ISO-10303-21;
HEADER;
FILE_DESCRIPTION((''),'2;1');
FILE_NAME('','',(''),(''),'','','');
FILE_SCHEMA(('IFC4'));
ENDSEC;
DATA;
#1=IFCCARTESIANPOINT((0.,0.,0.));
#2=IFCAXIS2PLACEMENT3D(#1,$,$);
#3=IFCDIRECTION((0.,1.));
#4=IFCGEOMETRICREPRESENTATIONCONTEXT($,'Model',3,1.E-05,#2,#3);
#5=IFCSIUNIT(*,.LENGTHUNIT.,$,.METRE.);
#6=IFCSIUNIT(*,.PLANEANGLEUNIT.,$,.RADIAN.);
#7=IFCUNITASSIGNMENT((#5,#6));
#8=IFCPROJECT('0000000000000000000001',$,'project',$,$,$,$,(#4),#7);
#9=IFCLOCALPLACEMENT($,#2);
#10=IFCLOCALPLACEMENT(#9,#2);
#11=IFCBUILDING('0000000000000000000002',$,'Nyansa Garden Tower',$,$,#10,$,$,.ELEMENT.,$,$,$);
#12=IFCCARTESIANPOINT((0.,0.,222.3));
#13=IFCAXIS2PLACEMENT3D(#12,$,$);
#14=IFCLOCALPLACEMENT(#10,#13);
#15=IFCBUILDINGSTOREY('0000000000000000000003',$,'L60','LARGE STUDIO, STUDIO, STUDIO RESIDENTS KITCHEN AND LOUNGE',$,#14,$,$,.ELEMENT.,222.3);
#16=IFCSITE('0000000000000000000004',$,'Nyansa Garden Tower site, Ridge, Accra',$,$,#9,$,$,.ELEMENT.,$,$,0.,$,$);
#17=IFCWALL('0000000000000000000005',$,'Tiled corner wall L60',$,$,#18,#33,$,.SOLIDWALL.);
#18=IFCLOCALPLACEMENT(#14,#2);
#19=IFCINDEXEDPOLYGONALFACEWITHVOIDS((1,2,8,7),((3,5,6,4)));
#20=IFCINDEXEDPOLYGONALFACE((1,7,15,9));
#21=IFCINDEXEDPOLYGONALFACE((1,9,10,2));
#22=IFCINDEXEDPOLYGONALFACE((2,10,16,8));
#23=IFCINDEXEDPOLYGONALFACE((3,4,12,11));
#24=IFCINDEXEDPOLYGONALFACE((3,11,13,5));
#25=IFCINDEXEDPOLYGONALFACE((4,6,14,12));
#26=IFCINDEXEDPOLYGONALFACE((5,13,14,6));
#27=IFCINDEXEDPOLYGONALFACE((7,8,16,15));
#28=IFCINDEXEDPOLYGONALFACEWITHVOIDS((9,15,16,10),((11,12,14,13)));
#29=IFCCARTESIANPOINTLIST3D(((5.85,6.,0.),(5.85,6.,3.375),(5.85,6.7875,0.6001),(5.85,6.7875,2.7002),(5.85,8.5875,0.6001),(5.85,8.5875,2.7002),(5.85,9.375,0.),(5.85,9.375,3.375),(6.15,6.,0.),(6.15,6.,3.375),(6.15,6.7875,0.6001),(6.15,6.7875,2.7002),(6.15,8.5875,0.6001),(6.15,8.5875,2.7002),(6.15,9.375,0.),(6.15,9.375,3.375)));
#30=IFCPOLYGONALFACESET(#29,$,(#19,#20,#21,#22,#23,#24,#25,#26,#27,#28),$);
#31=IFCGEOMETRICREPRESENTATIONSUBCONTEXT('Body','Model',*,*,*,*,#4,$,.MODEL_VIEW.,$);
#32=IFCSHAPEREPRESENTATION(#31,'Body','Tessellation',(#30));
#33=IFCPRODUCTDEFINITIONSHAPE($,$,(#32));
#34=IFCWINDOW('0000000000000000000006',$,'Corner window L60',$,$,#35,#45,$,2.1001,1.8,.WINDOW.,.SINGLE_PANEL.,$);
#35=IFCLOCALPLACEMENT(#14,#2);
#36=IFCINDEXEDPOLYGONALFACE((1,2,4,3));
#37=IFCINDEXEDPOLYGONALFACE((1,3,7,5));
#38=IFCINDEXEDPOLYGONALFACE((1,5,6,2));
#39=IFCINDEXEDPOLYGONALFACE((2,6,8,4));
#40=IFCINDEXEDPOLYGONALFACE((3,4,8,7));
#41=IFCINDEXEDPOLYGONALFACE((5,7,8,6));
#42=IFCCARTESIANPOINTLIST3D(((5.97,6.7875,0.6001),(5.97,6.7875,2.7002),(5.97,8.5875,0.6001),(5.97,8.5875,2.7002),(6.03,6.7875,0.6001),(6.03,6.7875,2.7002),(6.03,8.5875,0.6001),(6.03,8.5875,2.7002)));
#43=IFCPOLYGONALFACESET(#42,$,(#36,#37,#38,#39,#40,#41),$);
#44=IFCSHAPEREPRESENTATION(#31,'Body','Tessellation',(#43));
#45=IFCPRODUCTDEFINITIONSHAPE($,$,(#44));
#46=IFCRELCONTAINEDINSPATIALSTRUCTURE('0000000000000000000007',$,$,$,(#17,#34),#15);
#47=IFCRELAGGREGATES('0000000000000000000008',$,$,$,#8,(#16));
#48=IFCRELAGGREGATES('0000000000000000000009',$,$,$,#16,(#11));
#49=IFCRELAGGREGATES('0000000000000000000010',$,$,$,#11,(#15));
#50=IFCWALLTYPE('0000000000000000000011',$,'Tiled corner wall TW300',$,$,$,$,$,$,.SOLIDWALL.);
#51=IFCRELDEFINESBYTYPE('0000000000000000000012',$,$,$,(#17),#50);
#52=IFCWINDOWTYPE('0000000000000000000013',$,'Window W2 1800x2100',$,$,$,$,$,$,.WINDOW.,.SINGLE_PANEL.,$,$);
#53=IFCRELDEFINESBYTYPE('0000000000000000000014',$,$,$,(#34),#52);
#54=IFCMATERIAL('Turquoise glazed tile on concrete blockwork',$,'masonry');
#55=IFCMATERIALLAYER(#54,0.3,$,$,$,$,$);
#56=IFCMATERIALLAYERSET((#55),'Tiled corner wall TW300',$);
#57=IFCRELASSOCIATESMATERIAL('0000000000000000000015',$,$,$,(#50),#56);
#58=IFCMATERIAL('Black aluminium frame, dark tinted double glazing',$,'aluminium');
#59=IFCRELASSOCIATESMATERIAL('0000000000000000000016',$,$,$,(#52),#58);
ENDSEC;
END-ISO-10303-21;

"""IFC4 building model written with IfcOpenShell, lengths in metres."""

from ifc_helpers import new_model, si_unit, direction, frame, frame_2d, origin, place, context, subcontext, project, spatial, rectangle, extrude, material, layer, layer_set, type_object, element, fill, save


model = new_model("IFC4")

# Units and contexts
model_context = context("Model", 3, precision=1e-05, world=origin(), true_north=direction((0.0, 1.0)))
body_context = subcontext(model_context, "Body", "Model", "MODEL_VIEW")
ifc_project = project(units=[si_unit("LENGTHUNIT", "METRE"), si_unit("PLANEANGLEUNIT", "RADIAN")], contexts=[model_context])

# Site, building, storey
site_placement = place(None, origin())
site = spatial("IfcSite", under=ifc_project, at=site_placement, Name="Nyansa Garden Tower site, Ridge, Accra", CompositionType="ELEMENT", RefElevation=0.0)
building_placement = place(site_placement, origin())
building = spatial("IfcBuilding", under=site, at=building_placement, Name="Nyansa Garden Tower", CompositionType="ELEMENT")
storey_placement = place(building_placement, frame((0.0, 0.0, 222.3)))
storey = spatial("IfcBuildingStorey", under=building, at=storey_placement, Name="L60", Description="LARGE STUDIO, STUDIO, STUDIO RESIDENTS KITCHEN AND LOUNGE", CompositionType="ELEMENT", Elevation=222.3)

# Wall, opening, window
ifc_material_1 = material(Name="Turquoise glazed tile on concrete blockwork", Category="masonry")
ifc_layer_1 = layer(ifc_material_1, 0.3)
ifc_layer_set_1 = layer_set([ifc_layer_1], Name="Tiled corner wall TW300")
wall_type_1 = type_object("IfcWallType", Name="Tiled corner wall TW300", PredefinedType="SOLIDWALL", material=ifc_layer_set_1)
ifc_material_2 = material(Name="Black aluminium frame, dark tinted double glazing", Category="aluminium")
window_type = type_object("IfcWindowType", Name="Window W2 1800x2100", PartitioningType="SINGLE_PANEL", PredefinedType="WINDOW", material=ifc_material_2)
wall_1_placement = place(storey_placement, frame((6.0, 9.375, 0.0), z_axis=(0.0, 0.0, 1.0), x_axis=(0.0, -1.0, 0.0)))
wall_1 = element("IfcWall", 1, at=wall_1_placement, inside=storey, type_object=wall_type_1, Name="Tiled corner wall L60", PredefinedType="SOLIDWALL", context=body_context, shape_type="SweptSolid", body=[
    extrude(rectangle(XDim=3.375, YDim=0.3, at=frame_2d((1.6875, 0.0))), origin(), (0.0, 0.0, 1.0), 3.375),
])
opening_1_placement = place(wall_1_placement, frame((0.7876, 0.0, 0.6001)))
opening_1 = element("IfcOpeningElement", 2, at=opening_1_placement, cuts=wall_1, PredefinedType="OPENING", context=body_context, shape_type="SweptSolid", body=[
    extrude(rectangle(XDim=1.8, YDim=2.1001, at=frame_2d((0.8999, 1.05))), frame((0.0, 0.1599, 0.0), z_axis=(0.0, -1.0, 0.0), x_axis=(1.0, 0.0, 0.0)), (0.0, 0.0, 1.0), 0.3201),
])
window_1_placement = place(opening_1_placement, origin())
window_1 = element("IfcWindow", 3, at=window_1_placement, inside=storey, type_object=window_type, Name="Corner window L60", OverallHeight=2.1001, OverallWidth=1.8, PartitioningType="SINGLE_PANEL", PredefinedType="WINDOW", context=body_context, shape_type="SweptSolid", body=[
    extrude(rectangle(XDim=1.8, YDim=2.1001, at=frame_2d((0.8999, 1.05))), frame((0.0, 0.03, 0.0), z_axis=(0.0, -1.0, 0.0), x_axis=(1.0, 0.0, 0.0)), (0.0, 0.0, 1.0), 0.0601),
])
fill(opening_1, window_1)

save(model, "model.ifc")
